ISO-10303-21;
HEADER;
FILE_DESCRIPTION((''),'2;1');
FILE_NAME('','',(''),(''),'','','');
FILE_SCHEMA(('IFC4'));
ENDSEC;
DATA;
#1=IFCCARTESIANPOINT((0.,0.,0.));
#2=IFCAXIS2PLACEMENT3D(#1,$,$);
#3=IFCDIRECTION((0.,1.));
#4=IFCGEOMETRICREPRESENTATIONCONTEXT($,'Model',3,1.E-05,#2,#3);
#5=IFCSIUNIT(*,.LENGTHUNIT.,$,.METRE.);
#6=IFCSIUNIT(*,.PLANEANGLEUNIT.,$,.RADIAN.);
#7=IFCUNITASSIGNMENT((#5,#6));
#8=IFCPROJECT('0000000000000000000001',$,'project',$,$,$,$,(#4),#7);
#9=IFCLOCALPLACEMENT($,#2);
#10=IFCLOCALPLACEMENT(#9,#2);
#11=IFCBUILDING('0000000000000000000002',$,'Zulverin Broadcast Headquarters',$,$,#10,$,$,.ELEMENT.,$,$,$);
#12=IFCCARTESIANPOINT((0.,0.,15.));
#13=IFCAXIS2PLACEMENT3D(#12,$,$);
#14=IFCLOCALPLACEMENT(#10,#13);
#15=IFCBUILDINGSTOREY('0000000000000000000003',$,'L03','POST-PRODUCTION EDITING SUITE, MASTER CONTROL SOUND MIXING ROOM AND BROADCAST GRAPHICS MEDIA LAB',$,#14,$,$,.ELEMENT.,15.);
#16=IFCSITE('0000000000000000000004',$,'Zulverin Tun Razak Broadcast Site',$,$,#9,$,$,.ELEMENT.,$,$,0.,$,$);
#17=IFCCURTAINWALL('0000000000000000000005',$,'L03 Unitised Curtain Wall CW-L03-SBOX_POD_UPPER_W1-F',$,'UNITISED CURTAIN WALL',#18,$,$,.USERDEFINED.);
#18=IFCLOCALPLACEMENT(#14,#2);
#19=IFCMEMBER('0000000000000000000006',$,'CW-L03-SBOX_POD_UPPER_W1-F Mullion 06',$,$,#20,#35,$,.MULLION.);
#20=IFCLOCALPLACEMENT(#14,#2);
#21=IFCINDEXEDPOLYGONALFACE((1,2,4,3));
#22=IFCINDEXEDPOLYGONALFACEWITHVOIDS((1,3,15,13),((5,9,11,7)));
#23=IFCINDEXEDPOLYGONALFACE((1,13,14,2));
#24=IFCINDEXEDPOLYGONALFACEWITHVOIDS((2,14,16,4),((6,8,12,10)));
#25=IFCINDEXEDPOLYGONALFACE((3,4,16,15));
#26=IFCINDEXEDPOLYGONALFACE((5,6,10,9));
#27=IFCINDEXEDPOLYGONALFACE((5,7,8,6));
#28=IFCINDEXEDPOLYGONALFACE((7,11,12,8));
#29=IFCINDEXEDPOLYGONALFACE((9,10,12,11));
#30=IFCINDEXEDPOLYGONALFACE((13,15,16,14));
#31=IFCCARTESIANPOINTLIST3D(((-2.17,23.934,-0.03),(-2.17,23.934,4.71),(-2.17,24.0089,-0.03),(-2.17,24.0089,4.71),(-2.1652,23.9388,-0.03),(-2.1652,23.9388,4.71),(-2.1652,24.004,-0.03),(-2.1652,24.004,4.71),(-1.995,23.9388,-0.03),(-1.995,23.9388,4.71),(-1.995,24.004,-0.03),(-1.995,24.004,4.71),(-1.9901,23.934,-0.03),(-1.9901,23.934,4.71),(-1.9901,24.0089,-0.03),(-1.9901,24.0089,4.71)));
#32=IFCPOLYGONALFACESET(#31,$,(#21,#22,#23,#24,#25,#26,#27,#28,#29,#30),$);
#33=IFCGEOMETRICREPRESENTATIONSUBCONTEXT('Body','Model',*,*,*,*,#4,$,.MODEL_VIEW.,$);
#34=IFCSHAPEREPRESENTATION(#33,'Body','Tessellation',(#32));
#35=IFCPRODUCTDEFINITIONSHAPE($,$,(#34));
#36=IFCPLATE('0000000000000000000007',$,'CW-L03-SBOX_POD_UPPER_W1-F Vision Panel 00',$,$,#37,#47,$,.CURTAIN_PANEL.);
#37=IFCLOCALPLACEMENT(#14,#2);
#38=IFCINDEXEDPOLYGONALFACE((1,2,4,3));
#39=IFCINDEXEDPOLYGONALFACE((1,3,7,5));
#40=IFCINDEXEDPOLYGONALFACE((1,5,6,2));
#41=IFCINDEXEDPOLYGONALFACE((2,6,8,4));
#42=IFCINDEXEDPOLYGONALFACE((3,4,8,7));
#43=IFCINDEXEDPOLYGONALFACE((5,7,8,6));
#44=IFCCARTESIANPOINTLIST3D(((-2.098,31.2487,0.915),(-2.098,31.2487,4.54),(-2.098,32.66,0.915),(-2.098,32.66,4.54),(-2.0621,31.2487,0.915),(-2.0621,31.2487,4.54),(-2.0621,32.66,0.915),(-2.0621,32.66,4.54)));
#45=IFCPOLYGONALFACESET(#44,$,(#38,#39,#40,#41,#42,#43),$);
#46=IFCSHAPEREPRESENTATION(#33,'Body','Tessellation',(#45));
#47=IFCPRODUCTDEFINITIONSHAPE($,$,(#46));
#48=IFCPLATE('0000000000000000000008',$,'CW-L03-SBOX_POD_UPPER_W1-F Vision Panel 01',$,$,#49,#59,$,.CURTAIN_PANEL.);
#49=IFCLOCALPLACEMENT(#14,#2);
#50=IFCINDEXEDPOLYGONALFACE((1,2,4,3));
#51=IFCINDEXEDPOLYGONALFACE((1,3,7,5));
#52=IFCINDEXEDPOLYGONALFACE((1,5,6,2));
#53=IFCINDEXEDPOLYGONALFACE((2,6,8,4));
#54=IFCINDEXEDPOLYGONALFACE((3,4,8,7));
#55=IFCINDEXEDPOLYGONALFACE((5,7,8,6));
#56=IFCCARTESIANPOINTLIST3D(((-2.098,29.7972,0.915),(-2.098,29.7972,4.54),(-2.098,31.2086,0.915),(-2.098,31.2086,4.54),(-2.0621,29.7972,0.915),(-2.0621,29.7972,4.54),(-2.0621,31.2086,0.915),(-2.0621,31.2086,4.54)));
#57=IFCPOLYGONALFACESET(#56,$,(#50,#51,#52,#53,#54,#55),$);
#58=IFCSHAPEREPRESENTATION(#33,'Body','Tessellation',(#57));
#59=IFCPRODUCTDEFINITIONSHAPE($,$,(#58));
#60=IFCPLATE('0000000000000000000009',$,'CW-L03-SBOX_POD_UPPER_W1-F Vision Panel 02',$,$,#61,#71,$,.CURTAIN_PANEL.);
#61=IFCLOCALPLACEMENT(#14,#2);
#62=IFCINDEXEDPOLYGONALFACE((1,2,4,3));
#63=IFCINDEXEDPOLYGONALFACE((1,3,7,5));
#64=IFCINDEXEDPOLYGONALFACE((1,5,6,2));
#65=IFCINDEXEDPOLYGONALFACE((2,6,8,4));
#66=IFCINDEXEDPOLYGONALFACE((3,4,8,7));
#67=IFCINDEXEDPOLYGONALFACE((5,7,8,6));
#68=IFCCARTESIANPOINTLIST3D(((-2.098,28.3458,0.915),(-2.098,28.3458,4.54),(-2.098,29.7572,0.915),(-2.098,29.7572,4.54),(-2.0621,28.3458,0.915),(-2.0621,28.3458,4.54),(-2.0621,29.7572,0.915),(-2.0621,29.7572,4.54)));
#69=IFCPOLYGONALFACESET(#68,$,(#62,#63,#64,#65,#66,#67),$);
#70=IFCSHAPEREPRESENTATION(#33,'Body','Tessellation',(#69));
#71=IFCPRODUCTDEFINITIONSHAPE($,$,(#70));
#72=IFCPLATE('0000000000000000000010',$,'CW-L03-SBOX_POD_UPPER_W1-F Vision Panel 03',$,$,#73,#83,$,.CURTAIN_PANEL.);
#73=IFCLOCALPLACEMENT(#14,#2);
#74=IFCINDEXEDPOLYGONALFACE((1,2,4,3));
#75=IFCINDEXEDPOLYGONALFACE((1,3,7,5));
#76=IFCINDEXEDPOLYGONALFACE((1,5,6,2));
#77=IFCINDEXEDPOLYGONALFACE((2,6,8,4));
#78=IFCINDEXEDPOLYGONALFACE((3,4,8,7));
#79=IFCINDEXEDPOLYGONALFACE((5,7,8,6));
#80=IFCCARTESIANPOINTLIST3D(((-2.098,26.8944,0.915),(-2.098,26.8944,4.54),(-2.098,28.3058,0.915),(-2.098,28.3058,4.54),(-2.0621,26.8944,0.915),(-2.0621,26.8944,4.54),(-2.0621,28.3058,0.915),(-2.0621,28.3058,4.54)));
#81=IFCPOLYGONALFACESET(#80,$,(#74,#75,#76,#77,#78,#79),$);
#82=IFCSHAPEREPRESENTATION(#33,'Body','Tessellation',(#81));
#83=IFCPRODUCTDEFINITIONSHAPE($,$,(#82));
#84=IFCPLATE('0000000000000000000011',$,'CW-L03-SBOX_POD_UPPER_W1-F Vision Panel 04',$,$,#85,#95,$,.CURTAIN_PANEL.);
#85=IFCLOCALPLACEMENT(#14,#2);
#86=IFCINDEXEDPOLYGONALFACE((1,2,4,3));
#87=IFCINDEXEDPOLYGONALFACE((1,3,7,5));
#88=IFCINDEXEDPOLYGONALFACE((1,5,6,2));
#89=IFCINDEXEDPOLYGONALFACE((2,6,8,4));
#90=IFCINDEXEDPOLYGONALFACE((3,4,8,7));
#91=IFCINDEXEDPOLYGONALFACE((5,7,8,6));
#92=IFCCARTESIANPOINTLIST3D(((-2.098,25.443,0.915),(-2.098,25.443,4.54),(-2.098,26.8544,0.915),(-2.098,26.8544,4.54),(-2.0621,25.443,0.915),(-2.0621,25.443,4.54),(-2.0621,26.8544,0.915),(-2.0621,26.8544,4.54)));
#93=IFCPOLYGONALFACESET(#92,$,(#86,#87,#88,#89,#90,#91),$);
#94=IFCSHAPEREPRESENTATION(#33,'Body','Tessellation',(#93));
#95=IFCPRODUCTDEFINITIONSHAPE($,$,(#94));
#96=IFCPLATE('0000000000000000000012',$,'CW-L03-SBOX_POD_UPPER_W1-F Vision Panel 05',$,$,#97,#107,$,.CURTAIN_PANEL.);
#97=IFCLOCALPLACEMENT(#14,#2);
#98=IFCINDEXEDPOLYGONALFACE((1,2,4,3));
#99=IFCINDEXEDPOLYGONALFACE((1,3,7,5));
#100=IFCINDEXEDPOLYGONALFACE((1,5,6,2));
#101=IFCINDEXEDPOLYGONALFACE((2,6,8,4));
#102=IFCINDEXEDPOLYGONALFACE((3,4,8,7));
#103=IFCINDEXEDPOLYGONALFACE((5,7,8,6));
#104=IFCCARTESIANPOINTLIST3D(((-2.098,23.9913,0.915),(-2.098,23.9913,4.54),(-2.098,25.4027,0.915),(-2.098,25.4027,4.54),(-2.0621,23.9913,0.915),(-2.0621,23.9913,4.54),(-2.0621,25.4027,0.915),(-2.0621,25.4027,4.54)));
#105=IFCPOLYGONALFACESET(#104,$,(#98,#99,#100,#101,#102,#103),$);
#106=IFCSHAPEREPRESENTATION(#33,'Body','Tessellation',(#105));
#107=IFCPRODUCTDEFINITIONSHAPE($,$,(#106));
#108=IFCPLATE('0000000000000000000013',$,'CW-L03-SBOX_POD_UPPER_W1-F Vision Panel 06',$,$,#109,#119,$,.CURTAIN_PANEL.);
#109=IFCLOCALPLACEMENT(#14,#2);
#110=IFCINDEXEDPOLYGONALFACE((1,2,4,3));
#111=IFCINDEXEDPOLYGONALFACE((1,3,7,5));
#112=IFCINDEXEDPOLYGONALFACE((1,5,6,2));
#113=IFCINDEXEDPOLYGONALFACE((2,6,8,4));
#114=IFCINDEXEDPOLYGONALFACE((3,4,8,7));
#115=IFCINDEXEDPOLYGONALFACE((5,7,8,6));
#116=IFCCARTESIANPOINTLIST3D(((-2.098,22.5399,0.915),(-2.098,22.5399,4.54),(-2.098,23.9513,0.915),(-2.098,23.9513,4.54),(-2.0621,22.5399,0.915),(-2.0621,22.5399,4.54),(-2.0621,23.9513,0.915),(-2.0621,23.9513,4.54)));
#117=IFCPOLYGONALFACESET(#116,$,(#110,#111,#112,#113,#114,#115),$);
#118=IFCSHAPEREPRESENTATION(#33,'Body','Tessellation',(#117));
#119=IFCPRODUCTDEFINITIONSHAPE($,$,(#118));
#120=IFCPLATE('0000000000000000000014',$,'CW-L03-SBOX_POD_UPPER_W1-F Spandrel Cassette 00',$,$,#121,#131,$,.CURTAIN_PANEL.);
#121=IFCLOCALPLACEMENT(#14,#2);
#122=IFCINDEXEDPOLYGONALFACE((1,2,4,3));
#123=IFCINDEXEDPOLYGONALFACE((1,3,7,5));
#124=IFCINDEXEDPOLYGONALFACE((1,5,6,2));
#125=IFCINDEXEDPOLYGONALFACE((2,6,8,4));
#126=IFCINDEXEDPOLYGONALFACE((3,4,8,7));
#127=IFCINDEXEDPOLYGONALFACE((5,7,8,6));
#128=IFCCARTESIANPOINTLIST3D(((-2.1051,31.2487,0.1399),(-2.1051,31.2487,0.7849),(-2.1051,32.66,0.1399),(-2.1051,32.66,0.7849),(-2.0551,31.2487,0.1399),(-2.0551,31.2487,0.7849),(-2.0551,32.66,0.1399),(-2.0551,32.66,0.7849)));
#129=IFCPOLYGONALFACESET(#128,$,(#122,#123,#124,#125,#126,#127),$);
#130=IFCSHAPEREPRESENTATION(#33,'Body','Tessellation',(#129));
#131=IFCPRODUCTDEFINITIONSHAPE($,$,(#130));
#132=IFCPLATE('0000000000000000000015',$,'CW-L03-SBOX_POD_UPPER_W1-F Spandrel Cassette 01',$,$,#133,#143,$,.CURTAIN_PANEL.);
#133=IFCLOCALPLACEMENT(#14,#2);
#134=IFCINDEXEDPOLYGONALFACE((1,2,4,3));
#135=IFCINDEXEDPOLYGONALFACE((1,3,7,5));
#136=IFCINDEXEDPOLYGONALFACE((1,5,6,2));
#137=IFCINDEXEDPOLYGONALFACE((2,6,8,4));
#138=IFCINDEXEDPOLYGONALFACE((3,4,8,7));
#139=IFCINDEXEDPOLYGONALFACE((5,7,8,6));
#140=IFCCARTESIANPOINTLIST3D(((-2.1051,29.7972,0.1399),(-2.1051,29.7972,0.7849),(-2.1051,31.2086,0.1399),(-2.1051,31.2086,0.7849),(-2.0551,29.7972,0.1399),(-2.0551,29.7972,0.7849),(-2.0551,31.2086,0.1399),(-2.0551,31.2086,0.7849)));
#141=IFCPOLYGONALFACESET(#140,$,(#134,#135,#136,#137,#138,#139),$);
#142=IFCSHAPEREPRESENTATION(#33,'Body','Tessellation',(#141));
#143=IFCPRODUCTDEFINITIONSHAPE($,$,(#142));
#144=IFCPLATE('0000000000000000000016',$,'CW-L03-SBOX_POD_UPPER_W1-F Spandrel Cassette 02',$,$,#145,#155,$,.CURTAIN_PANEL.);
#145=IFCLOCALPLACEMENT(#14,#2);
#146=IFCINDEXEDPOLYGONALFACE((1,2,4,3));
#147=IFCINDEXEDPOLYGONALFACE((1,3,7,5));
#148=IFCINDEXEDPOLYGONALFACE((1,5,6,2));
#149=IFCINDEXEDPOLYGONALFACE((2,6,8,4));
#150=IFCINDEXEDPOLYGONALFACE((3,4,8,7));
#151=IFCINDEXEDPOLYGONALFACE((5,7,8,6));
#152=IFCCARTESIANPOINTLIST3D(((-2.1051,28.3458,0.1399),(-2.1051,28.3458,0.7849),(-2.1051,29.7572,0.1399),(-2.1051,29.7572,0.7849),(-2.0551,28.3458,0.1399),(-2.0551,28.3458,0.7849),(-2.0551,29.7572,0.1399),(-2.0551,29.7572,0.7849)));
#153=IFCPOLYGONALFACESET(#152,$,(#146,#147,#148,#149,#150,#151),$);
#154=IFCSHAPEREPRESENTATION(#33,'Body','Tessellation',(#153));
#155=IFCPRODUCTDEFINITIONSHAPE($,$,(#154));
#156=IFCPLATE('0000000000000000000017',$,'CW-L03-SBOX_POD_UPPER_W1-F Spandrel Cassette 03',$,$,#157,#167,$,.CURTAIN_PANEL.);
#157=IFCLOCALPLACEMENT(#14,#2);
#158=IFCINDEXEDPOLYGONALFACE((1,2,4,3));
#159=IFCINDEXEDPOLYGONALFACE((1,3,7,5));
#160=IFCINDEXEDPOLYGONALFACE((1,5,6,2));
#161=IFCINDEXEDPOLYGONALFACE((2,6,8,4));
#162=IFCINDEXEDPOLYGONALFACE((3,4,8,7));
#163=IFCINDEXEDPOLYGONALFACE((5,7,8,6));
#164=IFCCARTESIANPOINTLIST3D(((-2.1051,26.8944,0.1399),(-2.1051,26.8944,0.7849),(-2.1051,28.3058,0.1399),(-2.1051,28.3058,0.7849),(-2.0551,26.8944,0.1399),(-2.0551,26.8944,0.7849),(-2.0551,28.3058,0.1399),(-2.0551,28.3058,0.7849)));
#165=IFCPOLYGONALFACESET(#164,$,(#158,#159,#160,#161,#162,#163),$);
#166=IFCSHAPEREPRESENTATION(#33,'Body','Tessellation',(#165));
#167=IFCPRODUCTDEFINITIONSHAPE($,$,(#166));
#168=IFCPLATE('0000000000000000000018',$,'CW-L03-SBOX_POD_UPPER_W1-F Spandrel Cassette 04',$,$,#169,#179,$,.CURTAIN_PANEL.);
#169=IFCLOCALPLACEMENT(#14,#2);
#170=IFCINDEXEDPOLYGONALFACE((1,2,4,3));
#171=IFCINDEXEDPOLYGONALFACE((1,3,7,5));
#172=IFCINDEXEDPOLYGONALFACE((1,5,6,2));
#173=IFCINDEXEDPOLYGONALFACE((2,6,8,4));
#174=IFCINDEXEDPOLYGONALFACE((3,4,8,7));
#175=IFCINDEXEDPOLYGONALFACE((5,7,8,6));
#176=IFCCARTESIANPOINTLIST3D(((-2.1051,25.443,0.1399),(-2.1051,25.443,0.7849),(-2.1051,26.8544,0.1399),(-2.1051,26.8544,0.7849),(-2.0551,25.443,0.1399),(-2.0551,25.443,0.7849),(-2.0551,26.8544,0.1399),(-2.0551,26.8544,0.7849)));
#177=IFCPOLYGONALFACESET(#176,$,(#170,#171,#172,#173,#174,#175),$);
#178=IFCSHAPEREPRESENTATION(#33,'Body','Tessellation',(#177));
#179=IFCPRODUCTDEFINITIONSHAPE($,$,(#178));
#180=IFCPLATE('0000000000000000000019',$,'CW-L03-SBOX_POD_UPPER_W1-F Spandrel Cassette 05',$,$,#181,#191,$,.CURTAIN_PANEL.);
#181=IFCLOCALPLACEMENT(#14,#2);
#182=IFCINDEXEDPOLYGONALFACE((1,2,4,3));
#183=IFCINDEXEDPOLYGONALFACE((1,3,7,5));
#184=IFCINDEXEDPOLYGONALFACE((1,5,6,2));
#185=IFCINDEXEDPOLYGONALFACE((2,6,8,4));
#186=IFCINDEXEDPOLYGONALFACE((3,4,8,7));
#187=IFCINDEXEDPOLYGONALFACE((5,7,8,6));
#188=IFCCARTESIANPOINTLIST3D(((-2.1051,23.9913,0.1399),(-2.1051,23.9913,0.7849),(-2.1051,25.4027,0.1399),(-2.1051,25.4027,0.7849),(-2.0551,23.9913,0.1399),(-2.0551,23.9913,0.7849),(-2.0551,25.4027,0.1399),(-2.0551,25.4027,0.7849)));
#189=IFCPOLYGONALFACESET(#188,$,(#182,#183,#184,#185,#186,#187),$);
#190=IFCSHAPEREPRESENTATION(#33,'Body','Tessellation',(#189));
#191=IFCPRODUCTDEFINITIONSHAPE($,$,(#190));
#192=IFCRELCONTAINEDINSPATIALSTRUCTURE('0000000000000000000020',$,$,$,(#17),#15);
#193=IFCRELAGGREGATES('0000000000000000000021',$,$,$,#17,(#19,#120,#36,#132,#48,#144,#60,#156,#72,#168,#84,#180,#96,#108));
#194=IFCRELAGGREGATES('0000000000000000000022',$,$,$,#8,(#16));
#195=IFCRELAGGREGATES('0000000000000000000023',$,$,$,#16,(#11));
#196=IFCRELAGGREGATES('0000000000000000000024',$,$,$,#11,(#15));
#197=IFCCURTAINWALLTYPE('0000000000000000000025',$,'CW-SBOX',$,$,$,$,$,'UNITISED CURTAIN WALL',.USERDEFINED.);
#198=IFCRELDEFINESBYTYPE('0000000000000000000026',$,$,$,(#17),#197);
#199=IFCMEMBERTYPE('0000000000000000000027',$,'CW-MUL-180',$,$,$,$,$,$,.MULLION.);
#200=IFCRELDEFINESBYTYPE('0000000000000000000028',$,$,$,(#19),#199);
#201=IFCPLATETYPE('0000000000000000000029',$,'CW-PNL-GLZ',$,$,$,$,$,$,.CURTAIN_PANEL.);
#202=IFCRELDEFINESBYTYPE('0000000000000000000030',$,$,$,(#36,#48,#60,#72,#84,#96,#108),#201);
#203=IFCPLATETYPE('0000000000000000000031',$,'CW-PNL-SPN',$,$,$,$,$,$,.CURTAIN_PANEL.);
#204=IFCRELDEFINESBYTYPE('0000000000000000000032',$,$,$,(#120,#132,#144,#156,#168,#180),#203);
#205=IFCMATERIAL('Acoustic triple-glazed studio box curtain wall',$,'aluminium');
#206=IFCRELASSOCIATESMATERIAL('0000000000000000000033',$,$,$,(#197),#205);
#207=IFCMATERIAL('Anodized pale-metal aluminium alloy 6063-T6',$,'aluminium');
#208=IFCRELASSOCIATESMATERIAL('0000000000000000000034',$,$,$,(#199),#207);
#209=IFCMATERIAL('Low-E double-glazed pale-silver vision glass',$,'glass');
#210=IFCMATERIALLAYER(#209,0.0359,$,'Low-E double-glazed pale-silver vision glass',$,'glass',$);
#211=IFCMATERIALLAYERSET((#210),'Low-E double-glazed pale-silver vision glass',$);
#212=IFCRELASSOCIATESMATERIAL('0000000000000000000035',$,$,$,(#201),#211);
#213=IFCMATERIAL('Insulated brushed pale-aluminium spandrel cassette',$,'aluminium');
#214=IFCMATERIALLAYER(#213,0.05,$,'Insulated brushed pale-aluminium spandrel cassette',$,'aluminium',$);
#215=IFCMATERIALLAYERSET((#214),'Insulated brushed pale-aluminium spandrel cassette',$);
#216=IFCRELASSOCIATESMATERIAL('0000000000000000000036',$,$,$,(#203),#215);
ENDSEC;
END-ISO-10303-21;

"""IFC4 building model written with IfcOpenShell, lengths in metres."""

from ifc_helpers import new_model, si_unit, direction, frame, origin, origin_2d, place, context, subcontext, project, spatial, rectangle, hollow_rectangle, extrude, material, layer, layer_set, material_profile, profile_set, type_object, element, aggregate, save


model = new_model("IFC4")

# Units and contexts
model_context = context("Model", 3, precision=1e-05, world=origin(), true_north=direction((0.0, 1.0)))
body_context = subcontext(model_context, "Body", "Model", "MODEL_VIEW")
ifc_project = project(units=[si_unit("LENGTHUNIT", "METRE"), si_unit("PLANEANGLEUNIT", "RADIAN")], contexts=[model_context])

# Site, building, storey
site_placement = place(None, origin())
site = spatial("IfcSite", under=ifc_project, at=site_placement, Name="Zulverin Tun Razak Broadcast Site", CompositionType="ELEMENT", RefElevation=0.0)
building_placement = place(site_placement, origin())
building = spatial("IfcBuilding", under=site, at=building_placement, Name="Zulverin Broadcast Headquarters", CompositionType="ELEMENT")
storey_placement = place(building_placement, frame((0.0, 0.0, 15.0)))
storey = spatial("IfcBuildingStorey", under=building, at=storey_placement, Name="L03", Description="POST-PRODUCTION EDITING SUITE, MASTER CONTROL SOUND MIXING ROOM AND BROADCAST GRAPHICS MEDIA LAB", CompositionType="ELEMENT", Elevation=15.0)

# Curtain wall, member, plates
ifc_material_1 = material(Name="Acoustic triple-glazed studio box curtain wall", Category="aluminium")
curtain_wall_type = type_object("IfcCurtainWallType", Name="CW-SBOX", ElementType="UNITISED CURTAIN WALL", PredefinedType="USERDEFINED", material=ifc_material_1)
curtain_wall_placement = place(storey_placement, origin())
curtain_wall = element("IfcCurtainWall", 1, at=curtain_wall_placement, inside=storey, type_object=curtain_wall_type, Name="L03 Unitised Curtain Wall CW-L03-SBOX_POD_UPPER_W1-F", ObjectType="UNITISED CURTAIN WALL", PredefinedType="USERDEFINED")
ifc_material_2 = material(Name="Anodized pale-metal aluminium alloy 6063-T6", Category="aluminium")
ifc_material_profile_1 = material_profile(ifc_material_2, hollow_rectangle(XDim=0.075, YDim=0.1799, WallThickness=0.0049, at=origin_2d()), Name="Anodized pale-metal aluminium alloy 6063-T6", Category="aluminium")
ifc_profile_set_1 = profile_set([ifc_material_profile_1], Name="Anodized pale-metal aluminium alloy 6063-T6")
member_type = type_object("IfcMemberType", Name="CW-MUL-180", PredefinedType="MULLION", material=ifc_profile_set_1)
member_1_placement = place(storey_placement, frame((-2.0801, 23.9714, -0.03), z_axis=(0.0, 0.0, 1.0), x_axis=(0.0, -1.0, 0.0)))
member_1 = element("IfcMember", 2, at=member_1_placement, type_object=member_type, Name="CW-L03-SBOX_POD_UPPER_W1-F Mullion 06", PredefinedType="MULLION", context=body_context, shape_type="SweptSolid", body=[
    extrude(hollow_rectangle(XDim=0.075, YDim=0.1799, WallThickness=0.0049, at=origin_2d()), origin(), (0.0, 0.0, 1.0), 4.74),
])
ifc_material_3 = material(Name="Low-E double-glazed pale-silver vision glass", Category="glass")
ifc_layer_1 = layer(ifc_material_3, 0.0359, Name="Low-E double-glazed pale-silver vision glass", Category="glass")
ifc_layer_set_1 = layer_set([ifc_layer_1], Name="Low-E double-glazed pale-silver vision glass")
plate_type_1 = type_object("IfcPlateType", Name="CW-PNL-GLZ", PredefinedType="CURTAIN_PANEL", material=ifc_layer_set_1)
plate_1_placement = place(storey_placement, frame((-2.0801, 31.9543, 0.915), z_axis=(0.0, 0.0, 1.0), x_axis=(0.0, -1.0, 0.0)))
plate_1 = element("IfcPlate", 3, at=plate_1_placement, type_object=plate_type_1, Name="CW-L03-SBOX_POD_UPPER_W1-F Vision Panel 00", PredefinedType="CURTAIN_PANEL", context=body_context, shape_type="SweptSolid", body=[
    extrude(rectangle(XDim=1.4114, YDim=0.0359, at=origin_2d()), origin(), (0.0, 0.0, 1.0), 3.625),
])
plate_2_placement = place(storey_placement, frame((-2.0801, 30.5029, 0.915), z_axis=(0.0, 0.0, 1.0), x_axis=(0.0, -1.0, 0.0)))
plate_2 = element("IfcPlate", 4, at=plate_2_placement, type_object=plate_type_1, Name="CW-L03-SBOX_POD_UPPER_W1-F Vision Panel 01", PredefinedType="CURTAIN_PANEL", context=body_context, shape_type="SweptSolid", body=[
    extrude(rectangle(XDim=1.4114, YDim=0.0359, at=origin_2d()), origin(), (0.0, 0.0, 1.0), 3.625),
])
plate_3_placement = place(storey_placement, frame((-2.0801, 29.0515, 0.915), z_axis=(0.0, 0.0, 1.0), x_axis=(0.0, -1.0, 0.0)))
plate_3 = element("IfcPlate", 5, at=plate_3_placement, type_object=plate_type_1, Name="CW-L03-SBOX_POD_UPPER_W1-F Vision Panel 02", PredefinedType="CURTAIN_PANEL", context=body_context, shape_type="SweptSolid", body=[
    extrude(rectangle(XDim=1.4114, YDim=0.0359, at=origin_2d()), origin(), (0.0, 0.0, 1.0), 3.625),
])
plate_4_placement = place(storey_placement, frame((-2.0801, 27.6001, 0.915), z_axis=(0.0, 0.0, 1.0), x_axis=(0.0, -1.0, 0.0)))
plate_4 = element("IfcPlate", 6, at=plate_4_placement, type_object=plate_type_1, Name="CW-L03-SBOX_POD_UPPER_W1-F Vision Panel 03", PredefinedType="CURTAIN_PANEL", context=body_context, shape_type="SweptSolid", body=[
    extrude(rectangle(XDim=1.4114, YDim=0.0359, at=origin_2d()), origin(), (0.0, 0.0, 1.0), 3.625),
])
plate_5_placement = place(storey_placement, frame((-2.0801, 26.1487, 0.915), z_axis=(0.0, 0.0, 1.0), x_axis=(0.0, -1.0, 0.0)))
plate_5 = element("IfcPlate", 7, at=plate_5_placement, type_object=plate_type_1, Name="CW-L03-SBOX_POD_UPPER_W1-F Vision Panel 04", PredefinedType="CURTAIN_PANEL", context=body_context, shape_type="SweptSolid", body=[
    extrude(rectangle(XDim=1.4114, YDim=0.0359, at=origin_2d()), origin(), (0.0, 0.0, 1.0), 3.625),
])
plate_6_placement = place(storey_placement, frame((-2.0801, 24.697, 0.915), z_axis=(0.0, 0.0, 1.0), x_axis=(0.0, -1.0, 0.0)))
plate_6 = element("IfcPlate", 8, at=plate_6_placement, type_object=plate_type_1, Name="CW-L03-SBOX_POD_UPPER_W1-F Vision Panel 05", PredefinedType="CURTAIN_PANEL", context=body_context, shape_type="SweptSolid", body=[
    extrude(rectangle(XDim=1.4114, YDim=0.0359, at=origin_2d()), origin(), (0.0, 0.0, 1.0), 3.625),
])
plate_7_placement = place(storey_placement, frame((-2.0801, 23.2456, 0.915), z_axis=(0.0, 0.0, 1.0), x_axis=(0.0, -1.0, 0.0)))
plate_7 = element("IfcPlate", 9, at=plate_7_placement, type_object=plate_type_1, Name="CW-L03-SBOX_POD_UPPER_W1-F Vision Panel 06", PredefinedType="CURTAIN_PANEL", context=body_context, shape_type="SweptSolid", body=[
    extrude(rectangle(XDim=1.4114, YDim=0.0359, at=origin_2d()), origin(), (0.0, 0.0, 1.0), 3.625),
])
ifc_material_4 = material(Name="Insulated brushed pale-aluminium spandrel cassette", Category="aluminium")
ifc_layer_2 = layer(ifc_material_4, 0.05, Name="Insulated brushed pale-aluminium spandrel cassette", Category="aluminium")
ifc_layer_set_2 = layer_set([ifc_layer_2], Name="Insulated brushed pale-aluminium spandrel cassette")
plate_type_2 = type_object("IfcPlateType", Name="CW-PNL-SPN", PredefinedType="CURTAIN_PANEL", material=ifc_layer_set_2)
plate_8_placement = place(storey_placement, frame((-2.0801, 31.9543, 0.1399), z_axis=(0.0, 0.0, 1.0), x_axis=(0.0, -1.0, 0.0)))
plate_8 = element("IfcPlate", 10, at=plate_8_placement, type_object=plate_type_2, Name="CW-L03-SBOX_POD_UPPER_W1-F Spandrel Cassette 00", PredefinedType="CURTAIN_PANEL", context=body_context, shape_type="SweptSolid", body=[
    extrude(rectangle(XDim=1.4114, YDim=0.05, at=origin_2d()), origin(), (0.0, 0.0, 1.0), 0.645),
])
plate_9_placement = place(storey_placement, frame((-2.0801, 30.5029, 0.1399), z_axis=(0.0, 0.0, 1.0), x_axis=(0.0, -1.0, 0.0)))
plate_9 = element("IfcPlate", 11, at=plate_9_placement, type_object=plate_type_2, Name="CW-L03-SBOX_POD_UPPER_W1-F Spandrel Cassette 01", PredefinedType="CURTAIN_PANEL", context=body_context, shape_type="SweptSolid", body=[
    extrude(rectangle(XDim=1.4114, YDim=0.05, at=origin_2d()), origin(), (0.0, 0.0, 1.0), 0.645),
])
plate_10_placement = place(storey_placement, frame((-2.0801, 29.0515, 0.1399), z_axis=(0.0, 0.0, 1.0), x_axis=(0.0, -1.0, 0.0)))
plate_10 = element("IfcPlate", 12, at=plate_10_placement, type_object=plate_type_2, Name="CW-L03-SBOX_POD_UPPER_W1-F Spandrel Cassette 02", PredefinedType="CURTAIN_PANEL", context=body_context, shape_type="SweptSolid", body=[
    extrude(rectangle(XDim=1.4114, YDim=0.05, at=origin_2d()), origin(), (0.0, 0.0, 1.0), 0.645),
])
plate_11_placement = place(storey_placement, frame((-2.0801, 27.6001, 0.1399), z_axis=(0.0, 0.0, 1.0), x_axis=(0.0, -1.0, 0.0)))
plate_11 = element("IfcPlate", 13, at=plate_11_placement, type_object=plate_type_2, Name="CW-L03-SBOX_POD_UPPER_W1-F Spandrel Cassette 03", PredefinedType="CURTAIN_PANEL", context=body_context, shape_type="SweptSolid", body=[
    extrude(rectangle(XDim=1.4114, YDim=0.05, at=origin_2d()), origin(), (0.0, 0.0, 1.0), 0.645),
])
plate_12_placement = place(storey_placement, frame((-2.0801, 26.1487, 0.1399), z_axis=(0.0, 0.0, 1.0), x_axis=(0.0, -1.0, 0.0)))
plate_12 = element("IfcPlate", 14, at=plate_12_placement, type_object=plate_type_2, Name="CW-L03-SBOX_POD_UPPER_W1-F Spandrel Cassette 04", PredefinedType="CURTAIN_PANEL", context=body_context, shape_type="SweptSolid", body=[
    extrude(rectangle(XDim=1.4114, YDim=0.05, at=origin_2d()), origin(), (0.0, 0.0, 1.0), 0.645),
])
plate_13_placement = place(storey_placement, frame((-2.0801, 24.697, 0.1399), z_axis=(0.0, 0.0, 1.0), x_axis=(0.0, -1.0, 0.0)))
plate_13 = element("IfcPlate", 15, at=plate_13_placement, type_object=plate_type_2, Name="CW-L03-SBOX_POD_UPPER_W1-F Spandrel Cassette 05", PredefinedType="CURTAIN_PANEL", context=body_context, shape_type="SweptSolid", body=[
    extrude(rectangle(XDim=1.4114, YDim=0.05, at=origin_2d()), origin(), (0.0, 0.0, 1.0), 0.645),
])
aggregate(curtain_wall, [member_1, plate_8, plate_1, plate_9, plate_2, plate_10, plate_3, plate_11, plate_4, plate_12, plate_5, plate_13, plate_6, plate_7])

save(model, "model.ifc")
